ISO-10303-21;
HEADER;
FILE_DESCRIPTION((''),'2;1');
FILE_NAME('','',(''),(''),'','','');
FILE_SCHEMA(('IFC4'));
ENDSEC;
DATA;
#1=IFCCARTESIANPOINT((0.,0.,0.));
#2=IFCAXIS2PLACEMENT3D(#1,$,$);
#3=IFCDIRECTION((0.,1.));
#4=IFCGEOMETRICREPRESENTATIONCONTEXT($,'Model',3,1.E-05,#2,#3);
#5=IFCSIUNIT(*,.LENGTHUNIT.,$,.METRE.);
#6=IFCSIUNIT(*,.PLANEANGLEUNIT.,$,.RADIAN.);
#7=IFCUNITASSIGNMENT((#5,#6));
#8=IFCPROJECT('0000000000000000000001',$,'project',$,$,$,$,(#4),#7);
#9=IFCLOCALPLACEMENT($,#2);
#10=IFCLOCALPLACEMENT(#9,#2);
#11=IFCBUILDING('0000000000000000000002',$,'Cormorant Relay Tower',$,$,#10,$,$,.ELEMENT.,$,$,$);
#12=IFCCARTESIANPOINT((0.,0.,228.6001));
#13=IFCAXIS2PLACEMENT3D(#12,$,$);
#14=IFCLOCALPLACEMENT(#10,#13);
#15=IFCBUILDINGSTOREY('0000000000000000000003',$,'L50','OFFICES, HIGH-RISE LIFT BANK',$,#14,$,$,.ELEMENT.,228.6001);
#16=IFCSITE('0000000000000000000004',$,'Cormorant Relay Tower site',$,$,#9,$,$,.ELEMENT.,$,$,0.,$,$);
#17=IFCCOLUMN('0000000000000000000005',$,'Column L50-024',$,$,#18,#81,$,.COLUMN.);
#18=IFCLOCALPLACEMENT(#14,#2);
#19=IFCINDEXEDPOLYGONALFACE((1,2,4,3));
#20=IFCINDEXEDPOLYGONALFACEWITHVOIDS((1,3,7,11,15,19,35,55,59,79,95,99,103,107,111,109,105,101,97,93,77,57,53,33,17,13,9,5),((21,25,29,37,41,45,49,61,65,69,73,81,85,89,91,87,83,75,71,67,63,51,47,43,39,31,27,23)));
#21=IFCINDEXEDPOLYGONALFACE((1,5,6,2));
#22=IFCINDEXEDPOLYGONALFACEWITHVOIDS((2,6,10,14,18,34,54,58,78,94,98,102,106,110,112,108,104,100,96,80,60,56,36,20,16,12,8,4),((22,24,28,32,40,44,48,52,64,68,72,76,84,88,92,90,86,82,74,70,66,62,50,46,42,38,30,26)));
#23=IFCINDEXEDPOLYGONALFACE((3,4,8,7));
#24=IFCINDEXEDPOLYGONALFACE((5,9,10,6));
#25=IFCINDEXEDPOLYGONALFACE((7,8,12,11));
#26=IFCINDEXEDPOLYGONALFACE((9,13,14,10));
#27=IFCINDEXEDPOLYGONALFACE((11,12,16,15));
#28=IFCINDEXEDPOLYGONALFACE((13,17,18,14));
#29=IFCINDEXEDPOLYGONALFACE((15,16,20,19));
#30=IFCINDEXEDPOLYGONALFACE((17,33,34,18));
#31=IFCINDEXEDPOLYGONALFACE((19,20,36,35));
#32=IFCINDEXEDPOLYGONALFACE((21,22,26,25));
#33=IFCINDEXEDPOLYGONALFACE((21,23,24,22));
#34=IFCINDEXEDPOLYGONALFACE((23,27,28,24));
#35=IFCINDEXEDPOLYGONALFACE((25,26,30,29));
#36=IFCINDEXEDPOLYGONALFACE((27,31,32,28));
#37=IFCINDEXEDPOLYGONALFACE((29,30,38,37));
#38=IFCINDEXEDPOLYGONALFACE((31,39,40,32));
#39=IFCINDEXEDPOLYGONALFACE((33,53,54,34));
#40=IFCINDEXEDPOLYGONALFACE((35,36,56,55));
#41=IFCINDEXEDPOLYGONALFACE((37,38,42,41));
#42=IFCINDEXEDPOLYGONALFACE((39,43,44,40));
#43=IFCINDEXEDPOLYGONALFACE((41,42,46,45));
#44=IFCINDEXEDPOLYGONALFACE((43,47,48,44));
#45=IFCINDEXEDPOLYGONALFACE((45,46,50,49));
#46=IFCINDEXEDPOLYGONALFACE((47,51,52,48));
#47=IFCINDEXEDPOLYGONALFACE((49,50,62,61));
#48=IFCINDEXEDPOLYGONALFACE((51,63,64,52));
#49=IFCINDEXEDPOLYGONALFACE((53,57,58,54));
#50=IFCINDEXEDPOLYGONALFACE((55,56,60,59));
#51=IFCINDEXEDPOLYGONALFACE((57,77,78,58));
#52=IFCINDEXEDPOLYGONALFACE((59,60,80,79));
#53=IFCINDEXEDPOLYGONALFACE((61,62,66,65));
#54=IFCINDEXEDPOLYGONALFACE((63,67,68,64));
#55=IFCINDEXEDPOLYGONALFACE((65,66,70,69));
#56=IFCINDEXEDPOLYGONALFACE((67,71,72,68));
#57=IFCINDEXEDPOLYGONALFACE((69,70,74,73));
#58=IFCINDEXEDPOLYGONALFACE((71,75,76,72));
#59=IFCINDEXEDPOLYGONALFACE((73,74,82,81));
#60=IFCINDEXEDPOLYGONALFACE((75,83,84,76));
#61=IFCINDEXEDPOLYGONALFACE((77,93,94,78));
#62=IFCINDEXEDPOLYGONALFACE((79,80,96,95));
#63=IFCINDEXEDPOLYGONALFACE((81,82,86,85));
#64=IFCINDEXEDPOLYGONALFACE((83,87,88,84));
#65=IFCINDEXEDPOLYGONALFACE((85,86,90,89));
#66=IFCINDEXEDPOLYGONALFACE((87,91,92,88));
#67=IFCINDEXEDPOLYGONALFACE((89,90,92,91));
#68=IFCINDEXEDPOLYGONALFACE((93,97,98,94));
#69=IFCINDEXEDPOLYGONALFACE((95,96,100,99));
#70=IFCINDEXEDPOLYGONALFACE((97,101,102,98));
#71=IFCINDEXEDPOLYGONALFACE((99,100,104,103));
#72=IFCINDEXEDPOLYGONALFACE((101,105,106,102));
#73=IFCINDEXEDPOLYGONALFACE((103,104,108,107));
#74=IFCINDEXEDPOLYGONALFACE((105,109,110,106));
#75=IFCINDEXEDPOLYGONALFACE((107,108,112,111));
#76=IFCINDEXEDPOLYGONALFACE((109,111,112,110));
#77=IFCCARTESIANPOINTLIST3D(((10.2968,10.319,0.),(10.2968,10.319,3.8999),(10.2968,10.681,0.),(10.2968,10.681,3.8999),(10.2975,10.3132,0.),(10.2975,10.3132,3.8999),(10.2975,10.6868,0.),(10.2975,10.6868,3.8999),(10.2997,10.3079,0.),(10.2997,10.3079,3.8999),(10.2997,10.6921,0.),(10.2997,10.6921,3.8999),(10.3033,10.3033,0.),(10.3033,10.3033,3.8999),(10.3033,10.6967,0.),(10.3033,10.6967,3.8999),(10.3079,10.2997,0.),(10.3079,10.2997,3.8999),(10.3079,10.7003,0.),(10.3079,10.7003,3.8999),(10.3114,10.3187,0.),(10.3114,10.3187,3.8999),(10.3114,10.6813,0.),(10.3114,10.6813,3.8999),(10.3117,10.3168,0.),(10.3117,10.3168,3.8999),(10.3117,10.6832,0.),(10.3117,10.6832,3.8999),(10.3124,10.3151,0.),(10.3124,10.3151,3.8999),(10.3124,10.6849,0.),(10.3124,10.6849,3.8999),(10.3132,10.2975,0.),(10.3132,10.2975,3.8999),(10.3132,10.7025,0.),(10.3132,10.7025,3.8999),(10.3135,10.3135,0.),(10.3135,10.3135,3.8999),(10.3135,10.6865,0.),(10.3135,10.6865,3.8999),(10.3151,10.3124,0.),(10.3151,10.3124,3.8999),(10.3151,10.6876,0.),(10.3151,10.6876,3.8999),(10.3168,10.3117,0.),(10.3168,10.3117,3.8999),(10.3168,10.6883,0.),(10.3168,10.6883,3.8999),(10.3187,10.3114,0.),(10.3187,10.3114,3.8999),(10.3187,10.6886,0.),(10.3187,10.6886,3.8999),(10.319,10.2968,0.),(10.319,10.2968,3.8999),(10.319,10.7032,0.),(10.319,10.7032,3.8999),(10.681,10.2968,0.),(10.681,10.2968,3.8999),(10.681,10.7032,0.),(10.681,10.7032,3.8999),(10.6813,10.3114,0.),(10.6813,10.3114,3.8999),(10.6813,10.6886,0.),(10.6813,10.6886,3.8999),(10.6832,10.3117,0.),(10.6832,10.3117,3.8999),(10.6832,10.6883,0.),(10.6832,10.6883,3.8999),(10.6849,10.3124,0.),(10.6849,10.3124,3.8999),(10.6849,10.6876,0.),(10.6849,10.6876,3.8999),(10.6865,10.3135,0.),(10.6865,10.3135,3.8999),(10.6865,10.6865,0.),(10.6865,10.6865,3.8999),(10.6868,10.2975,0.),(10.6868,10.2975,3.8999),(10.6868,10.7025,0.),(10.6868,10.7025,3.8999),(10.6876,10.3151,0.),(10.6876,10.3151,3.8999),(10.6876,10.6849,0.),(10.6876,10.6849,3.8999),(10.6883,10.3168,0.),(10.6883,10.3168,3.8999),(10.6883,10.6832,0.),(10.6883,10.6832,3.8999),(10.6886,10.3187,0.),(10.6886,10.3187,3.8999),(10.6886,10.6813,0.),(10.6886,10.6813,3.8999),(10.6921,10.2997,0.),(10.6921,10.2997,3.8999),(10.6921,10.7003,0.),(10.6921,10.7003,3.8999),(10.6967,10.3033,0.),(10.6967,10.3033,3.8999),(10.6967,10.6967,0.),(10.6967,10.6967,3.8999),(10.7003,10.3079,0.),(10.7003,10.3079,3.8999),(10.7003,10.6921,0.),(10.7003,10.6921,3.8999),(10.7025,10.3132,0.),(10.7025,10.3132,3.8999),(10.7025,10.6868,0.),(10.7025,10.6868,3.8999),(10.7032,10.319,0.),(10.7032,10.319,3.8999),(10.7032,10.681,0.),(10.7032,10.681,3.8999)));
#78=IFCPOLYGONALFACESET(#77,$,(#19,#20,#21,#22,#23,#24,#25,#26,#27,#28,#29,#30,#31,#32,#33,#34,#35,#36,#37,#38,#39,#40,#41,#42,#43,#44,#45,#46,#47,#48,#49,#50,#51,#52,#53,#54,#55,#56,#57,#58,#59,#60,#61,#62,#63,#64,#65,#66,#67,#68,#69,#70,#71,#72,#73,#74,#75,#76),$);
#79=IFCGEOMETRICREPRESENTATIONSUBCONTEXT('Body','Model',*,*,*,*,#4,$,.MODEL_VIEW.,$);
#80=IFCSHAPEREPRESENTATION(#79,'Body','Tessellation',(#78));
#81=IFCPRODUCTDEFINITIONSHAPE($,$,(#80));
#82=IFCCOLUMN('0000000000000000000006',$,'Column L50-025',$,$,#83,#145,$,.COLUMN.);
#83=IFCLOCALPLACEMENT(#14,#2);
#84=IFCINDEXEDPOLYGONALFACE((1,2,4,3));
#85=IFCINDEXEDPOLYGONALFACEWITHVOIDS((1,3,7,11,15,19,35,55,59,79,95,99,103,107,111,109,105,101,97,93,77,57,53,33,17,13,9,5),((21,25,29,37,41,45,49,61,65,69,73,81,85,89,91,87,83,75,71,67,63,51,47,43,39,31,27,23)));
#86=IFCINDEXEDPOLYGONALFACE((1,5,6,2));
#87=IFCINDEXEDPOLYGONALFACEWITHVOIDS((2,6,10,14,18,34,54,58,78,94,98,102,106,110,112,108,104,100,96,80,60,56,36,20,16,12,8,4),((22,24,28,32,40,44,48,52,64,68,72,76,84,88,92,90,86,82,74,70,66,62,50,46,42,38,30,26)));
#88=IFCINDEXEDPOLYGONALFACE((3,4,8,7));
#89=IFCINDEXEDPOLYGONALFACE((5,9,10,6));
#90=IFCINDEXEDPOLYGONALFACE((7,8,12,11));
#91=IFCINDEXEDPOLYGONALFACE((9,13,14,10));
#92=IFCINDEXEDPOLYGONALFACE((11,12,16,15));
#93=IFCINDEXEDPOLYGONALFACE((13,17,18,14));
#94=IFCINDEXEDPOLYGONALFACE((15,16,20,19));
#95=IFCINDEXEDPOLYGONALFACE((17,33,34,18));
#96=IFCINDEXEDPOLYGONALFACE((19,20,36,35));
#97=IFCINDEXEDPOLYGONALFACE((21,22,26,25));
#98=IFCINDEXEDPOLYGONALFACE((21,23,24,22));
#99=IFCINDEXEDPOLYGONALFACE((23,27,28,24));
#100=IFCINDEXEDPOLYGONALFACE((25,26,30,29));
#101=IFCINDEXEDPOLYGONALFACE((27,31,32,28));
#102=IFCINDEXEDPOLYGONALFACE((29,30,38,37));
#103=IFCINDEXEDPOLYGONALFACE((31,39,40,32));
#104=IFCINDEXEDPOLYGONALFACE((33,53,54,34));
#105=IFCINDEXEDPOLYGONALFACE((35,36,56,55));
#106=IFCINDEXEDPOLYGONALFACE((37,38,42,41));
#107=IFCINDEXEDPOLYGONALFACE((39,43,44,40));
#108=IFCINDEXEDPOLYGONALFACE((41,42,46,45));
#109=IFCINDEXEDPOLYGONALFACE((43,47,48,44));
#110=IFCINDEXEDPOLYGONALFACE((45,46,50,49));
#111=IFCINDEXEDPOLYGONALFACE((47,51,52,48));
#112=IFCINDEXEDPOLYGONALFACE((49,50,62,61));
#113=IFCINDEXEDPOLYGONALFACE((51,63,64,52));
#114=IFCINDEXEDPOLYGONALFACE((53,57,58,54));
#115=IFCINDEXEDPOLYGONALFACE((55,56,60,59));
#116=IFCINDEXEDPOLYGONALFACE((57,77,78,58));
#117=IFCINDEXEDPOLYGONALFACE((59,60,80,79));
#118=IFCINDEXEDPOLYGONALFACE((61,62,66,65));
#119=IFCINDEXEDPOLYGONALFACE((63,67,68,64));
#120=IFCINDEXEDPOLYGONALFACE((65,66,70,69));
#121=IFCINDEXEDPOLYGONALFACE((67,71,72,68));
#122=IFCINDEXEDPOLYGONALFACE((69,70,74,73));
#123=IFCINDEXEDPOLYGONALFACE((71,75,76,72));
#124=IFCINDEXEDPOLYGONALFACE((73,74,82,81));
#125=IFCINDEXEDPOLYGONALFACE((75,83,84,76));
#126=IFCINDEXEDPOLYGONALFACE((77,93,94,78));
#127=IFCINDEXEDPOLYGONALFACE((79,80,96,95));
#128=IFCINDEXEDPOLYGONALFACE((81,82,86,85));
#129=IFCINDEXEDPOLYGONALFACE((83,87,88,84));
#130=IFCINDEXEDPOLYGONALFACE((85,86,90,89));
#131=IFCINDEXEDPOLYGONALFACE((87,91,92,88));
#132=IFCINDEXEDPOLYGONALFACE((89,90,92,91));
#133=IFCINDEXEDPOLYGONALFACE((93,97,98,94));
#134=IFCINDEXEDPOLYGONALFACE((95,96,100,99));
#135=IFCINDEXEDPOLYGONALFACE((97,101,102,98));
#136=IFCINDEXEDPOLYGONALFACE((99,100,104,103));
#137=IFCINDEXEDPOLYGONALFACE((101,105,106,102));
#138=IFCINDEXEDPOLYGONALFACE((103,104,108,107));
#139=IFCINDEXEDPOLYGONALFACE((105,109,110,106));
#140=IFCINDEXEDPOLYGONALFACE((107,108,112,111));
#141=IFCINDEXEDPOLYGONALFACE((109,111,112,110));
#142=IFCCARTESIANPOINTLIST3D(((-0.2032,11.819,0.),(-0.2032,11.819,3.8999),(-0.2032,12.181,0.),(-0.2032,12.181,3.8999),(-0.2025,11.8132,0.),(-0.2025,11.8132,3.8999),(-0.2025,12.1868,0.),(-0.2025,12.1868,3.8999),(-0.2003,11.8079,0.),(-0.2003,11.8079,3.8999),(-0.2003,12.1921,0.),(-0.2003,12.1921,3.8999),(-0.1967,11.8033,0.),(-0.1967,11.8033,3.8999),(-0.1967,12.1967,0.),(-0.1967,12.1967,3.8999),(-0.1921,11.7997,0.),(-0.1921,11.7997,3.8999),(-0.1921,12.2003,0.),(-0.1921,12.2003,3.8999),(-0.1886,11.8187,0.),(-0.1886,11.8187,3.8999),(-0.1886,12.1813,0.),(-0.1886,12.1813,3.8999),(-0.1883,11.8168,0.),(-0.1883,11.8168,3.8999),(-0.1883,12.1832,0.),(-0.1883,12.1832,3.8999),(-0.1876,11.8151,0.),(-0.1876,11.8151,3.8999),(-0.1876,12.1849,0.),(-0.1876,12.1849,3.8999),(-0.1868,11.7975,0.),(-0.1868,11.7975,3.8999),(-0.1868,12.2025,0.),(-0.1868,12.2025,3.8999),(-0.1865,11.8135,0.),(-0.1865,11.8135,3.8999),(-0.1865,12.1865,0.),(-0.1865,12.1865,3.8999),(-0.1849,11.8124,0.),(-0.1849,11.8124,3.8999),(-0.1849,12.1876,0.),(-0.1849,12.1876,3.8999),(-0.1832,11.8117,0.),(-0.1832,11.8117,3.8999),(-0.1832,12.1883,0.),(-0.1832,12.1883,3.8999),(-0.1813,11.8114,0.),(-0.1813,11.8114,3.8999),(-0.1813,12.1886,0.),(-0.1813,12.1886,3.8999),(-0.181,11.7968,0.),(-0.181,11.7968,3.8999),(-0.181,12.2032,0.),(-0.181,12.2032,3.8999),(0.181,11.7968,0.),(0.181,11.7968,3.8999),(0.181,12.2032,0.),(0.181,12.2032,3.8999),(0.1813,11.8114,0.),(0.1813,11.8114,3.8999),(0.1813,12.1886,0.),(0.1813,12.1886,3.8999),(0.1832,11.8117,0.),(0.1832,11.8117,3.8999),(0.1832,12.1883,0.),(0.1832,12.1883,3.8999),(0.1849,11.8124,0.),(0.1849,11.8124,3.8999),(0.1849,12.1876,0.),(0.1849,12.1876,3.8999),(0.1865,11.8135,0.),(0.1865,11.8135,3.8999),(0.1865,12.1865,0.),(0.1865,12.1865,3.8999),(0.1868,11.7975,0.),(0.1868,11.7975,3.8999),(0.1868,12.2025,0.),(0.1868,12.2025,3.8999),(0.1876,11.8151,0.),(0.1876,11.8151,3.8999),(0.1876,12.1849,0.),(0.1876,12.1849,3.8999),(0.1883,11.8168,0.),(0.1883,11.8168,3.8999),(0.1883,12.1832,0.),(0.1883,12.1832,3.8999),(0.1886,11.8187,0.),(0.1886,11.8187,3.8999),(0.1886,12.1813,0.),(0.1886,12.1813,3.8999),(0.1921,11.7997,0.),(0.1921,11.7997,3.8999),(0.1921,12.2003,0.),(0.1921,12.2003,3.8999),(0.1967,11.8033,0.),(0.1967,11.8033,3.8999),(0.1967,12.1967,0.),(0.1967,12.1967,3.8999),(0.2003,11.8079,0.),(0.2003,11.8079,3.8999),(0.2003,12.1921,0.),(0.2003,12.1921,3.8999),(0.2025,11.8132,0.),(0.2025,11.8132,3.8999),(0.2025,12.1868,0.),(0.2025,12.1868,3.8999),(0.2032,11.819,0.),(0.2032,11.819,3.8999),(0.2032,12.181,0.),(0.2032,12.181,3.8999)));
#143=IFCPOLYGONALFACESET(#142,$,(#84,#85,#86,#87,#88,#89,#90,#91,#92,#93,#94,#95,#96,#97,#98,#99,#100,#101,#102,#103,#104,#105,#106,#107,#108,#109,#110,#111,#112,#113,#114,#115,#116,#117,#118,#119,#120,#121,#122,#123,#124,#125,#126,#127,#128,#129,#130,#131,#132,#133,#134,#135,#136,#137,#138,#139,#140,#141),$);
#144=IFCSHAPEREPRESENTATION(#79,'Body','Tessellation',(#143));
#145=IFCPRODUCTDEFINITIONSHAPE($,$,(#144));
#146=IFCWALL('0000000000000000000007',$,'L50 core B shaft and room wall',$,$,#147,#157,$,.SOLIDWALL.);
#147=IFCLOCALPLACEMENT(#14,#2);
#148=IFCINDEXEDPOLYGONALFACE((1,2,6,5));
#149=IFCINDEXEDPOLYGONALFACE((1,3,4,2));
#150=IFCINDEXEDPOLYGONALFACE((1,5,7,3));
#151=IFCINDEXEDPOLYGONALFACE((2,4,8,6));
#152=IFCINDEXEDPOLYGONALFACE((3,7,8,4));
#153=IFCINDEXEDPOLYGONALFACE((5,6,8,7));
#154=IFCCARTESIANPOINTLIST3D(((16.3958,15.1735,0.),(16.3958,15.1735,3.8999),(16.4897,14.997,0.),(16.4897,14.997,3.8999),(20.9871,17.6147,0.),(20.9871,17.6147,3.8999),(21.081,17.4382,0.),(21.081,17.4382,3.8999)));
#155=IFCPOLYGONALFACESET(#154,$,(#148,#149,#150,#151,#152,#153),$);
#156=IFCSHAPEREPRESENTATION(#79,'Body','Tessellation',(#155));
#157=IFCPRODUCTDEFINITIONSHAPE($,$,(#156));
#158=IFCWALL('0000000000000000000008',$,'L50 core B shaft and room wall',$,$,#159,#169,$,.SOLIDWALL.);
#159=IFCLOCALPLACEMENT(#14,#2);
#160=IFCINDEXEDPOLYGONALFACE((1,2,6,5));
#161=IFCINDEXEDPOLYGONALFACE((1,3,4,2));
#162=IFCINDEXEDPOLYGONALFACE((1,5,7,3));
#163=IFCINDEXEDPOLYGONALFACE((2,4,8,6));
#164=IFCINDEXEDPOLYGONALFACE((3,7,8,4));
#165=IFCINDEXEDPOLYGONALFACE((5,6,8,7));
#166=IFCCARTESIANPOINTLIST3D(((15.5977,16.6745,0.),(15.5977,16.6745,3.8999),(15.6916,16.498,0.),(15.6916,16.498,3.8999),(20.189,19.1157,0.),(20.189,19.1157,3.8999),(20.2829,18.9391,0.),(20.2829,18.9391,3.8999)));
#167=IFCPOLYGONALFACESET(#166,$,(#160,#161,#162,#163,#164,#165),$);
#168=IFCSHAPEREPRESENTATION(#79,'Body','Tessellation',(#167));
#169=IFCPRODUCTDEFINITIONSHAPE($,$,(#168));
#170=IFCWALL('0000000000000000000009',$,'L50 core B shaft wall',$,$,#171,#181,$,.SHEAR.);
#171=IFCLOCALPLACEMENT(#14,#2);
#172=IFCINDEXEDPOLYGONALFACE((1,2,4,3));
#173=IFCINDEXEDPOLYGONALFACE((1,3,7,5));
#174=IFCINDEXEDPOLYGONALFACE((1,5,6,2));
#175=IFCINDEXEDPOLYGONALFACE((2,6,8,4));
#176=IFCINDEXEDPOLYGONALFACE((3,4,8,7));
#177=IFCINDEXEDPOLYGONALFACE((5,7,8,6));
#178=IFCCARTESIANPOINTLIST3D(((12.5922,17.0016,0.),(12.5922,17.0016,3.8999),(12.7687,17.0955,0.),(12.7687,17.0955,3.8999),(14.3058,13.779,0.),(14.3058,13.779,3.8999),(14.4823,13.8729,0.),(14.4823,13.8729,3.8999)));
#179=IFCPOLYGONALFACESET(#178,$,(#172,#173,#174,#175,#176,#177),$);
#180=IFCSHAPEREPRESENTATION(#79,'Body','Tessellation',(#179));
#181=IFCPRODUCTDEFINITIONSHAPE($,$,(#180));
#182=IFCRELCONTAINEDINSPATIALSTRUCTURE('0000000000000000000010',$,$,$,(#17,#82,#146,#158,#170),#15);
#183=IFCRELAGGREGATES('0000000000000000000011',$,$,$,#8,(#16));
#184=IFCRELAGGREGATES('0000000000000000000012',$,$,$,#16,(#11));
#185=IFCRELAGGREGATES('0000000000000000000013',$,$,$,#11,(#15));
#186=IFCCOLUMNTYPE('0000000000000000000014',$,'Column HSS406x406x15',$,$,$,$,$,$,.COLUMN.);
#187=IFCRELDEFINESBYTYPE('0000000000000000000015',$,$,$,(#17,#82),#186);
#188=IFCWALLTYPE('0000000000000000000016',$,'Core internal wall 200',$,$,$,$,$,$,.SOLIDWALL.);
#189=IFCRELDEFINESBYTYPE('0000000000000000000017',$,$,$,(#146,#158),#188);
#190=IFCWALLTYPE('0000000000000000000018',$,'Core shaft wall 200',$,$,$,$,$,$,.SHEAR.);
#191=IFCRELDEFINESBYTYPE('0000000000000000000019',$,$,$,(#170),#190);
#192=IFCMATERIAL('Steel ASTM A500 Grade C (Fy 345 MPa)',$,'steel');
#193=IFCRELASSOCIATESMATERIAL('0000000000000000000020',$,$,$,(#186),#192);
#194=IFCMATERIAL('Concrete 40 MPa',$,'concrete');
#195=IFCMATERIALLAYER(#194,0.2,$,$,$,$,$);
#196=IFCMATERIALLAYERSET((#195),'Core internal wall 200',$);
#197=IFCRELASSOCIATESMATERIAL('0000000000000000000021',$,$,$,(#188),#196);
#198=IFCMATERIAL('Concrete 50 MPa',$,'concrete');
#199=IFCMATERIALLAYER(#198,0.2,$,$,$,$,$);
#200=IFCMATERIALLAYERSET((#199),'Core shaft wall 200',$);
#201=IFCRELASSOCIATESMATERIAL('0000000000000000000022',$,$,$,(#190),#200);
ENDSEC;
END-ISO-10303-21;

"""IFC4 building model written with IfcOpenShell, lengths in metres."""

from ifc_helpers import new_model, si_unit, direction, frame, frame_2d, origin, origin_2d, place, context, subcontext, project, spatial, rectangle, hollow_rectangle, extrude, material, layer, layer_set, material_profile, profile_set, type_object, element, save


model = new_model("IFC4")

# Units and contexts
model_context = context("Model", 3, precision=1e-05, world=origin(), true_north=direction((0.0, 1.0)))
body_context = subcontext(model_context, "Body", "Model", "MODEL_VIEW")
ifc_project = project(units=[si_unit("LENGTHUNIT", "METRE"), si_unit("PLANEANGLEUNIT", "RADIAN")], contexts=[model_context])

# Site, building, storey
site_placement = place(None, origin())
site = spatial("IfcSite", under=ifc_project, at=site_placement, Name="Cormorant Relay Tower site", CompositionType="ELEMENT", RefElevation=0.0)
building_placement = place(site_placement, origin())
building = spatial("IfcBuilding", under=site, at=building_placement, Name="Cormorant Relay Tower", CompositionType="ELEMENT")
storey_placement = place(building_placement, frame((0.0, 0.0, 228.6001)))
storey = spatial("IfcBuildingStorey", under=building, at=storey_placement, Name="L50", Description="OFFICES, HIGH-RISE LIFT BANK", CompositionType="ELEMENT", Elevation=228.6001)

# Columns
ifc_material_1 = material(Name="Steel ASTM A500 Grade C (Fy 345 MPa)", Category="steel")
ifc_material_profile = material_profile(ifc_material_1, hollow_rectangle(XDim=0.4065, YDim=0.4065, WallThickness=0.0146, InnerFilletRadius=0.0073, OuterFilletRadius=0.0222, at=origin_2d()), Name="HSS406x406x15")
ifc_profile_set = profile_set([ifc_material_profile], Name="Steel ASTM A500 Grade C (Fy 345 MPa)")
column_type = type_object("IfcColumnType", Name="Column HSS406x406x15", PredefinedType="COLUMN", material=ifc_profile_set)
for number, where, z_axis, x_axis, name in (
    (1, (10.5, 10.5, 0.0), (0.0, 0.0, 1.0), (1.0, 0.0, 0.0), "Column L50-024"),
    (2, (0.0, 12.0, 0.0), (0.0, 0.0, 1.0), (1.0, 0.0, 0.0), "Column L50-025"),
):
    element("IfcColumn", number, at=place(storey_placement, frame(where, z_axis=z_axis, x_axis=x_axis)), inside=storey, type_object=column_type, Name=name, PredefinedType="COLUMN", context=body_context, shape_type="SweptSolid", body=[
        extrude(hollow_rectangle(XDim=0.4065, YDim=0.4065, WallThickness=0.0146, InnerFilletRadius=0.0073, OuterFilletRadius=0.0222, at=origin_2d()), origin(), (0.0, 0.0, 1.0), 3.8999),
    ])

# Walls
ifc_material_2 = material(Name="Concrete 40 MPa", Category="concrete")
ifc_layer_1 = layer(ifc_material_2, 0.2)
ifc_layer_set_1 = layer_set([ifc_layer_1], Name="Core internal wall 200")
wall_type_1 = type_object("IfcWallType", Name="Core internal wall 200", PredefinedType="SOLIDWALL", material=ifc_layer_set_1)
for number, where, z_axis, x_axis, name in (
    (3, (16.4426, 15.0852, 0.0), (0.0, 0.0, 1.0), (0.882954, 0.46946, 0.0), "L50 core B shaft and room wall"),
    (4, (15.6445, 16.5862, 0.0), (0.0, 0.0, 1.0), (0.882954, 0.46946, 0.0), "L50 core B shaft and room wall"),
):
    element("IfcWall", number, at=place(storey_placement, frame(where, z_axis=z_axis, x_axis=x_axis)), inside=storey, type_object=wall_type_1, Name=name, PredefinedType="SOLIDWALL", context=body_context, shape_type="SweptSolid", body=[
        extrude(rectangle(XDim=5.2, YDim=0.2, at=frame_2d((2.6001, 0.0))), origin(), (0.0, 0.0, 1.0), 3.8999),
    ])
ifc_material_3 = material(Name="Concrete 50 MPa", Category="concrete")
ifc_layer_2 = layer(ifc_material_3, 0.2)
ifc_layer_set_2 = layer_set([ifc_layer_2], Name="Core shaft wall 200")
wall_type_2 = type_object("IfcWallType", Name="Core shaft wall 200", PredefinedType="SHEAR", material=ifc_layer_set_2)
wall_1_placement = place(storey_placement, frame((14.394, 13.8259, 0.0), z_axis=(0.0, 0.0, 1.0), x_axis=(-0.469494, 0.882936, 0.0)))
element("IfcWall", 5, at=wall_1_placement, inside=storey, type_object=wall_type_2, Name="L50 core B shaft wall", PredefinedType="SHEAR", context=body_context, shape_type="SweptSolid", body=[
    extrude(rectangle(XDim=3.6499, YDim=0.2, at=frame_2d((1.825, 0.0))), origin(), (0.0, 0.0, 1.0), 3.8999),
])

save(model, "model.ifc")
